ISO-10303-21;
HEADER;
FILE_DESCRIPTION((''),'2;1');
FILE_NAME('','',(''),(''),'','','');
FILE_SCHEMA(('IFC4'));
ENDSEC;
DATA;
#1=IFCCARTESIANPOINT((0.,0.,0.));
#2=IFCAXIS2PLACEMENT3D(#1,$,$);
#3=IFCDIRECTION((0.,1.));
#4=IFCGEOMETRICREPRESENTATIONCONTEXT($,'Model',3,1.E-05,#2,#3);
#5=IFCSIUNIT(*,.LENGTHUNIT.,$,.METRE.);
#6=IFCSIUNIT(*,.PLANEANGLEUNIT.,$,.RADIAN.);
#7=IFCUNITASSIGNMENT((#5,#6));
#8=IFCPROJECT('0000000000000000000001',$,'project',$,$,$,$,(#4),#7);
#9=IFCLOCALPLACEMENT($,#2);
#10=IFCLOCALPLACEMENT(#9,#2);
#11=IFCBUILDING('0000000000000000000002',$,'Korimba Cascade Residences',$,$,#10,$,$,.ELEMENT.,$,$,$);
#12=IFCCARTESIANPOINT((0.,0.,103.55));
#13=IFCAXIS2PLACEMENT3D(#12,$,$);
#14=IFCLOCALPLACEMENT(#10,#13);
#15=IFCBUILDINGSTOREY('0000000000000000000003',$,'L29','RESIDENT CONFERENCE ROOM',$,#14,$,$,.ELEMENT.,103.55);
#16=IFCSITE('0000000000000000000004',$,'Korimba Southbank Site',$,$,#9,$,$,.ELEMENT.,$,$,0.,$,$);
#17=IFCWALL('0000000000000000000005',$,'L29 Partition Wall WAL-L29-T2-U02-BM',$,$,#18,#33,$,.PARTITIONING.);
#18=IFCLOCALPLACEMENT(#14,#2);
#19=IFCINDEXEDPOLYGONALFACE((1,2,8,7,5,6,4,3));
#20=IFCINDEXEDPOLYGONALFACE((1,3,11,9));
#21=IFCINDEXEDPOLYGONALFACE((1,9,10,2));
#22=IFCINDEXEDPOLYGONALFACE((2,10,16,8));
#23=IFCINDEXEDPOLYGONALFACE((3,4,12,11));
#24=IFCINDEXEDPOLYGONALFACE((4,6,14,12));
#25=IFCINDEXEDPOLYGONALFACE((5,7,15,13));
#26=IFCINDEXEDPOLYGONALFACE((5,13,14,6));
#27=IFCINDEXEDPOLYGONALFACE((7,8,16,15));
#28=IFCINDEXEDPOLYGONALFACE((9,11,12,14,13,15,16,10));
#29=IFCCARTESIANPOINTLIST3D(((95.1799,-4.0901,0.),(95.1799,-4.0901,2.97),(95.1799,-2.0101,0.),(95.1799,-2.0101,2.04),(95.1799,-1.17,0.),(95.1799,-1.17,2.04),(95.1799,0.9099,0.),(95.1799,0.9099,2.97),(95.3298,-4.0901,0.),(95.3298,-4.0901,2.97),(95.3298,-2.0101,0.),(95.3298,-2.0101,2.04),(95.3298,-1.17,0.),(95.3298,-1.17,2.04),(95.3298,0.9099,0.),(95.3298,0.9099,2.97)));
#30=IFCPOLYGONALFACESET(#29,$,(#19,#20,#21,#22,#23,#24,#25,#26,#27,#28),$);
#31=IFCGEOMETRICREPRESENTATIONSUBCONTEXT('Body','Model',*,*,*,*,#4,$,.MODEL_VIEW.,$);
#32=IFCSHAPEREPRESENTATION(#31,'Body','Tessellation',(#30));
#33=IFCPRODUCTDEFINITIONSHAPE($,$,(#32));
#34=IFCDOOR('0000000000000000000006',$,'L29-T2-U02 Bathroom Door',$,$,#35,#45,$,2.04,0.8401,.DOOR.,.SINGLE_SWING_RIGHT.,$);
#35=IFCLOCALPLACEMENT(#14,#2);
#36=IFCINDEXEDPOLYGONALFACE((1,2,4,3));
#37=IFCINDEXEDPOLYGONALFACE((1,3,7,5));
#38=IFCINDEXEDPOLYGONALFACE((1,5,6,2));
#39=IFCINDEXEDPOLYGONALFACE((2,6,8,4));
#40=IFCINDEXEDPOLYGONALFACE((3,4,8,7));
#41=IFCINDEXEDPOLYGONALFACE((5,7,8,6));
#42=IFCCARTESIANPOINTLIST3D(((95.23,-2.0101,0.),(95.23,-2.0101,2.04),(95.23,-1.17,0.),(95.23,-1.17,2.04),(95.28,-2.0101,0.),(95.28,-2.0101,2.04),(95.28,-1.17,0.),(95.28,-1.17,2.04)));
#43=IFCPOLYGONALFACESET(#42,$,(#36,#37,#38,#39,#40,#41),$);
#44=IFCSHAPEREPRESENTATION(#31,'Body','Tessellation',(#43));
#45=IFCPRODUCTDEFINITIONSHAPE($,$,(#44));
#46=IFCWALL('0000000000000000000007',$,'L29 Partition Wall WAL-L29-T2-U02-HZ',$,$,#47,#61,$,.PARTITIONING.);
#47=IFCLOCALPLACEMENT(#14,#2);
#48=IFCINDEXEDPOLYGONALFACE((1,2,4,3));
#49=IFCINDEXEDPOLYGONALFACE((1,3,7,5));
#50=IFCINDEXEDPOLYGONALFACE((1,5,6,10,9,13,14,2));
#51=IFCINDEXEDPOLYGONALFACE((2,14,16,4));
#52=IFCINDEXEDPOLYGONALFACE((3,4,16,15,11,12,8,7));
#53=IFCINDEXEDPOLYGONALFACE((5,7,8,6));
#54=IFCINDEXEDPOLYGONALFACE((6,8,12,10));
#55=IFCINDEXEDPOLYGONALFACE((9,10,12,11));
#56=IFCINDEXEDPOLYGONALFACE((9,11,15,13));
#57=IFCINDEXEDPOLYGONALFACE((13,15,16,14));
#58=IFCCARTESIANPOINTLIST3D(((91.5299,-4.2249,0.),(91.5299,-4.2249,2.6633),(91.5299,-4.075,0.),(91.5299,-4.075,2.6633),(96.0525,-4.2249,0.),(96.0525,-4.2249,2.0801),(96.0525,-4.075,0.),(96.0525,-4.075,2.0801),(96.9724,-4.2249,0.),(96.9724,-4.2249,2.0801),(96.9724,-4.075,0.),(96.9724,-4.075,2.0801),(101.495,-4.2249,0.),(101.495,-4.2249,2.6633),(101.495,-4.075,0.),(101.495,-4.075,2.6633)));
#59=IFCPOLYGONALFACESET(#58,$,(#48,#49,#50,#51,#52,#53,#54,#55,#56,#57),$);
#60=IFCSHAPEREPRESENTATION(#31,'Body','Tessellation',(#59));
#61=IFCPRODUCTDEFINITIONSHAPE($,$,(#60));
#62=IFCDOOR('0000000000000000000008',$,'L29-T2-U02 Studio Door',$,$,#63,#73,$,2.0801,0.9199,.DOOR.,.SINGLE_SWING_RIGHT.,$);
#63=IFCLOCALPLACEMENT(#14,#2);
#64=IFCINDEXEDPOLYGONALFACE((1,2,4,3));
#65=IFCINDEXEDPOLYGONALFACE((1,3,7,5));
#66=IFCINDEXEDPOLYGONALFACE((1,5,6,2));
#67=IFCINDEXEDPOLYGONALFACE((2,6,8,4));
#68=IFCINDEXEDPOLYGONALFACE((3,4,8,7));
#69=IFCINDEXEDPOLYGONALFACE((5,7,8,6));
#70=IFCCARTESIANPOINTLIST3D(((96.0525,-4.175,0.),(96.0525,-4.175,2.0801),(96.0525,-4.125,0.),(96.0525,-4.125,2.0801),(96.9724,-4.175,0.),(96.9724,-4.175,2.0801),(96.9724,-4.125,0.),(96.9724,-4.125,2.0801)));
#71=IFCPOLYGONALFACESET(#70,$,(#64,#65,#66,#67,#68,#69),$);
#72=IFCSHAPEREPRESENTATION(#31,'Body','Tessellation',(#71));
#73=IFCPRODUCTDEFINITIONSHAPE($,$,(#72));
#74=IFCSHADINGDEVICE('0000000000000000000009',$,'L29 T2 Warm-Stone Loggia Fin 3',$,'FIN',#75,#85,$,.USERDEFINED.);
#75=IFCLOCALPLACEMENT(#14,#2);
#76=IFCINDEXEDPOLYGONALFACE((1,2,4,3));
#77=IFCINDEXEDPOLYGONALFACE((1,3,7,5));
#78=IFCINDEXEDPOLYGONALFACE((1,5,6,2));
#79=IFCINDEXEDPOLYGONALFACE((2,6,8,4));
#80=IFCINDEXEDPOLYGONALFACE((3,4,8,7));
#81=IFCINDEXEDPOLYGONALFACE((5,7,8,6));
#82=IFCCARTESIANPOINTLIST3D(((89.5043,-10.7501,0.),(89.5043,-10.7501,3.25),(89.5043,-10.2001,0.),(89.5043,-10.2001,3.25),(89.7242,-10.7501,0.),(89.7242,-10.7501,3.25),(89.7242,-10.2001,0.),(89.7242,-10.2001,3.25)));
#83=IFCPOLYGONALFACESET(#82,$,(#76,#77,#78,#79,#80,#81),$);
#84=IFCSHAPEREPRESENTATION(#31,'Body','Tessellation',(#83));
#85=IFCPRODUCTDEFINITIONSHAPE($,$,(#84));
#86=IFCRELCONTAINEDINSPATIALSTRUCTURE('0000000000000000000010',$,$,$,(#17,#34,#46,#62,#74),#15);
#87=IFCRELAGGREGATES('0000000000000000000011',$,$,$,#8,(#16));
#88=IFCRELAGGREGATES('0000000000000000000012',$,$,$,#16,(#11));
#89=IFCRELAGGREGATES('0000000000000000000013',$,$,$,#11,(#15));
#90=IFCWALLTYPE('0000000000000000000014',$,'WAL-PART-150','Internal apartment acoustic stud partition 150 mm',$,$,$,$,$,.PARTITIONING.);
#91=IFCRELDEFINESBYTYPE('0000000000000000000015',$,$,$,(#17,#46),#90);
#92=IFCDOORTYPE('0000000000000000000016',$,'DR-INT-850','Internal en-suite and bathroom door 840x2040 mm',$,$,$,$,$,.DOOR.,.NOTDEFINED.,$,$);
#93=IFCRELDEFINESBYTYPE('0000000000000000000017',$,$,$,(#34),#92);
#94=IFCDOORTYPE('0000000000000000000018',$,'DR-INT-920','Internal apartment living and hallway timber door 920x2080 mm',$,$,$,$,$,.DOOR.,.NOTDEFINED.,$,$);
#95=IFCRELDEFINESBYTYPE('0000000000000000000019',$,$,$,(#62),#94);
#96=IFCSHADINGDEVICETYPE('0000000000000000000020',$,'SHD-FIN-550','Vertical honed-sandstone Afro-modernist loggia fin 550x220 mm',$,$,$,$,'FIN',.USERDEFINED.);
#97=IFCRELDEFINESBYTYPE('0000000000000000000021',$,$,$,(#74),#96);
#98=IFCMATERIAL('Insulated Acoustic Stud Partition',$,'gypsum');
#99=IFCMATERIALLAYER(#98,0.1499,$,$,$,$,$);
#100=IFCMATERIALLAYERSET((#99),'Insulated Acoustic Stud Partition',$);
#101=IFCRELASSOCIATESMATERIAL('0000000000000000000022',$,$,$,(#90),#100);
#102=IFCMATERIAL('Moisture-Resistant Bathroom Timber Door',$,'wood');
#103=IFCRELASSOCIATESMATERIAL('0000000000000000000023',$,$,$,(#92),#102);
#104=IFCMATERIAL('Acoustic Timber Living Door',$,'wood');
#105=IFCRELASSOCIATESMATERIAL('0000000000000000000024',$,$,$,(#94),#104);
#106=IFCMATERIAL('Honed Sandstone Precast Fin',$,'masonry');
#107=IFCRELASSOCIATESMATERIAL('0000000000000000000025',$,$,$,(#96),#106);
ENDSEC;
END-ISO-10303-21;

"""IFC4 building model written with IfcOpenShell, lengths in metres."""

from ifc_helpers import new_model, si_unit, direction, frame, frame_2d, origin, origin_2d, place, context, subcontext, project, spatial, rectangle, extrude, material, layer, layer_set, type_object, element, fill, save


model = new_model("IFC4")

# Units and contexts
model_context = context("Model", 3, precision=1e-05, world=origin(), true_north=direction((0.0, 1.0)))
body_context = subcontext(model_context, "Body", "Model", "MODEL_VIEW")
ifc_project = project(units=[si_unit("LENGTHUNIT", "METRE"), si_unit("PLANEANGLEUNIT", "RADIAN")], contexts=[model_context])

# Site, building, storey
site_placement = place(None, origin())
site = spatial("IfcSite", under=ifc_project, at=site_placement, Name="Korimba Southbank Site", CompositionType="ELEMENT", RefElevation=0.0)
building_placement = place(site_placement, origin())
building = spatial("IfcBuilding", under=site, at=building_placement, Name="Korimba Cascade Residences", CompositionType="ELEMENT")
storey_placement = place(building_placement, frame((0.0, 0.0, 103.55)))
storey = spatial("IfcBuildingStorey", under=building, at=storey_placement, Name="L29", Description="RESIDENT CONFERENCE ROOM", CompositionType="ELEMENT", Elevation=103.55)

# Shared definitions
ifc_material_1 = material(Name="Insulated Acoustic Stud Partition", Category="gypsum")
ifc_layer_1 = layer(ifc_material_1, 0.1499)
ifc_layer_set_1 = layer_set([ifc_layer_1], Name="Insulated Acoustic Stud Partition")
wall_type_1 = type_object("IfcWallType", Name="WAL-PART-150", Description="Internal apartment acoustic stud partition 150 mm", PredefinedType="PARTITIONING", material=ifc_layer_set_1)
ifc_material_2 = material(Name="Moisture-Resistant Bathroom Timber Door", Category="wood")
door_type_1 = type_object("IfcDoorType", Name="DR-INT-850", Description="Internal en-suite and bathroom door 840x2040 mm", OperationType="NOTDEFINED", PredefinedType="DOOR", material=ifc_material_2)

# Walls, openings, doors
wall_1_placement = place(storey_placement, frame((95.2549, -4.0901, 0.0), z_axis=(0.0, 0.0, 1.0), x_axis=(0.0, 1.0, 0.0)))
wall_1 = element("IfcWall", 1, at=wall_1_placement, inside=storey, type_object=wall_type_1, Name="L29 Partition Wall WAL-L29-T2-U02-BM", PredefinedType="PARTITIONING", context=body_context, shape_type="SweptSolid", body=[
    extrude(rectangle(XDim=5.0, YDim=0.1499, at=frame_2d((2.5, 0.0))), origin(), (0.0, 0.0, 1.0), 2.97),
])
opening_1_placement = place(wall_1_placement, frame((2.0801, 0.0, 0.0)))
opening_1 = element("IfcOpeningElement", 2, at=opening_1_placement, cuts=wall_1, PredefinedType="OPENING", context=body_context, shape_type="SweptSolid", body=[
    extrude(rectangle(XDim=0.8401, YDim=2.04, at=frame_2d((0.4199, 1.02))), frame((0.0, 0.085, 0.0), z_axis=(0.0, -1.0, 0.0), x_axis=(1.0, 0.0, 0.0)), (0.0, 0.0, 1.0), 0.1699),
])
door_1_placement = place(opening_1_placement, origin())
door_1 = element("IfcDoor", 3, at=door_1_placement, inside=storey, type_object=door_type_1, Name="L29-T2-U02 Bathroom Door", OperationType="SINGLE_SWING_RIGHT", OverallHeight=2.04, OverallWidth=0.8401, PredefinedType="DOOR", context=body_context, shape_type="SweptSolid", body=[
    extrude(rectangle(XDim=0.8401, YDim=2.04, at=frame_2d((0.4199, 1.02))), frame((0.0, 0.0249, 0.0), z_axis=(0.0, -1.0, 0.0), x_axis=(1.0, 0.0, 0.0)), (0.0, 0.0, 1.0), 0.05),
])
fill(opening_1, door_1)
wall_2_placement = place(storey_placement, frame((91.53, -4.1499, 0.0), z_axis=(0.0, 0.0, 1.0), x_axis=(1.0, 0.0, 0.0)))
wall_2 = element("IfcWall", 4, at=wall_2_placement, inside=storey, type_object=wall_type_1, Name="L29 Partition Wall WAL-L29-T2-U02-HZ", PredefinedType="PARTITIONING", context=body_context, shape_type="SweptSolid", body=[
    extrude(rectangle(XDim=9.9651, YDim=0.1499, at=frame_2d((4.9824, 0.0))), origin(), (0.0, 0.0, 1.0), 2.6633),
])
opening_2_placement = place(wall_2_placement, frame((4.5225, 0.0, 0.0)))
opening_2 = element("IfcOpeningElement", 5, at=opening_2_placement, cuts=wall_2, PredefinedType="OPENING", context=body_context, shape_type="SweptSolid", body=[
    extrude(rectangle(XDim=0.9199, YDim=2.0801, at=frame_2d((0.46, 1.04))), frame((0.0, 0.085, 0.0), z_axis=(0.0, -1.0, 0.0), x_axis=(1.0, 0.0, 0.0)), (0.0, 0.0, 1.0), 0.1699),
])
ifc_material_3 = material(Name="Acoustic Timber Living Door", Category="wood")
door_type_2 = type_object("IfcDoorType", Name="DR-INT-920", Description="Internal apartment living and hallway timber door 920x2080 mm", OperationType="NOTDEFINED", PredefinedType="DOOR", material=ifc_material_3)
door_2_placement = place(opening_2_placement, origin())
door_2 = element("IfcDoor", 6, at=door_2_placement, inside=storey, type_object=door_type_2, Name="L29-T2-U02 Studio Door", OperationType="SINGLE_SWING_RIGHT", OverallHeight=2.0801, OverallWidth=0.9199, PredefinedType="DOOR", context=body_context, shape_type="SweptSolid", body=[
    extrude(rectangle(XDim=0.9199, YDim=2.0801, at=frame_2d((0.46, 1.04))), frame((0.0, 0.0249, 0.0), z_axis=(0.0, -1.0, 0.0), x_axis=(1.0, 0.0, 0.0)), (0.0, 0.0, 1.0), 0.05),
])
fill(opening_2, door_2)

# Shading device
ifc_material_4 = material(Name="Honed Sandstone Precast Fin", Category="masonry")
shading_device_type = type_object("IfcShadingDeviceType", Name="SHD-FIN-550", Description="Vertical honed-sandstone Afro-modernist loggia fin 550x220 mm", ElementType="FIN", PredefinedType="USERDEFINED", material=ifc_material_4)
shading_device_placement = place(storey_placement, frame((89.6143, -10.4751, 0.0), z_axis=(0.0, 0.0, 1.0), x_axis=(1.0, 0.0, 0.0)))
element("IfcShadingDevice", 7, at=shading_device_placement, inside=storey, type_object=shading_device_type, Name="L29 T2 Warm-Stone Loggia Fin 3", ObjectType="FIN", PredefinedType="USERDEFINED", context=body_context, shape_type="SweptSolid", body=[
    extrude(rectangle(XDim=0.22, YDim=0.55, at=origin_2d()), origin(), (0.0, 0.0, 1.0), 3.25),
])

save(model, "model.ifc")
